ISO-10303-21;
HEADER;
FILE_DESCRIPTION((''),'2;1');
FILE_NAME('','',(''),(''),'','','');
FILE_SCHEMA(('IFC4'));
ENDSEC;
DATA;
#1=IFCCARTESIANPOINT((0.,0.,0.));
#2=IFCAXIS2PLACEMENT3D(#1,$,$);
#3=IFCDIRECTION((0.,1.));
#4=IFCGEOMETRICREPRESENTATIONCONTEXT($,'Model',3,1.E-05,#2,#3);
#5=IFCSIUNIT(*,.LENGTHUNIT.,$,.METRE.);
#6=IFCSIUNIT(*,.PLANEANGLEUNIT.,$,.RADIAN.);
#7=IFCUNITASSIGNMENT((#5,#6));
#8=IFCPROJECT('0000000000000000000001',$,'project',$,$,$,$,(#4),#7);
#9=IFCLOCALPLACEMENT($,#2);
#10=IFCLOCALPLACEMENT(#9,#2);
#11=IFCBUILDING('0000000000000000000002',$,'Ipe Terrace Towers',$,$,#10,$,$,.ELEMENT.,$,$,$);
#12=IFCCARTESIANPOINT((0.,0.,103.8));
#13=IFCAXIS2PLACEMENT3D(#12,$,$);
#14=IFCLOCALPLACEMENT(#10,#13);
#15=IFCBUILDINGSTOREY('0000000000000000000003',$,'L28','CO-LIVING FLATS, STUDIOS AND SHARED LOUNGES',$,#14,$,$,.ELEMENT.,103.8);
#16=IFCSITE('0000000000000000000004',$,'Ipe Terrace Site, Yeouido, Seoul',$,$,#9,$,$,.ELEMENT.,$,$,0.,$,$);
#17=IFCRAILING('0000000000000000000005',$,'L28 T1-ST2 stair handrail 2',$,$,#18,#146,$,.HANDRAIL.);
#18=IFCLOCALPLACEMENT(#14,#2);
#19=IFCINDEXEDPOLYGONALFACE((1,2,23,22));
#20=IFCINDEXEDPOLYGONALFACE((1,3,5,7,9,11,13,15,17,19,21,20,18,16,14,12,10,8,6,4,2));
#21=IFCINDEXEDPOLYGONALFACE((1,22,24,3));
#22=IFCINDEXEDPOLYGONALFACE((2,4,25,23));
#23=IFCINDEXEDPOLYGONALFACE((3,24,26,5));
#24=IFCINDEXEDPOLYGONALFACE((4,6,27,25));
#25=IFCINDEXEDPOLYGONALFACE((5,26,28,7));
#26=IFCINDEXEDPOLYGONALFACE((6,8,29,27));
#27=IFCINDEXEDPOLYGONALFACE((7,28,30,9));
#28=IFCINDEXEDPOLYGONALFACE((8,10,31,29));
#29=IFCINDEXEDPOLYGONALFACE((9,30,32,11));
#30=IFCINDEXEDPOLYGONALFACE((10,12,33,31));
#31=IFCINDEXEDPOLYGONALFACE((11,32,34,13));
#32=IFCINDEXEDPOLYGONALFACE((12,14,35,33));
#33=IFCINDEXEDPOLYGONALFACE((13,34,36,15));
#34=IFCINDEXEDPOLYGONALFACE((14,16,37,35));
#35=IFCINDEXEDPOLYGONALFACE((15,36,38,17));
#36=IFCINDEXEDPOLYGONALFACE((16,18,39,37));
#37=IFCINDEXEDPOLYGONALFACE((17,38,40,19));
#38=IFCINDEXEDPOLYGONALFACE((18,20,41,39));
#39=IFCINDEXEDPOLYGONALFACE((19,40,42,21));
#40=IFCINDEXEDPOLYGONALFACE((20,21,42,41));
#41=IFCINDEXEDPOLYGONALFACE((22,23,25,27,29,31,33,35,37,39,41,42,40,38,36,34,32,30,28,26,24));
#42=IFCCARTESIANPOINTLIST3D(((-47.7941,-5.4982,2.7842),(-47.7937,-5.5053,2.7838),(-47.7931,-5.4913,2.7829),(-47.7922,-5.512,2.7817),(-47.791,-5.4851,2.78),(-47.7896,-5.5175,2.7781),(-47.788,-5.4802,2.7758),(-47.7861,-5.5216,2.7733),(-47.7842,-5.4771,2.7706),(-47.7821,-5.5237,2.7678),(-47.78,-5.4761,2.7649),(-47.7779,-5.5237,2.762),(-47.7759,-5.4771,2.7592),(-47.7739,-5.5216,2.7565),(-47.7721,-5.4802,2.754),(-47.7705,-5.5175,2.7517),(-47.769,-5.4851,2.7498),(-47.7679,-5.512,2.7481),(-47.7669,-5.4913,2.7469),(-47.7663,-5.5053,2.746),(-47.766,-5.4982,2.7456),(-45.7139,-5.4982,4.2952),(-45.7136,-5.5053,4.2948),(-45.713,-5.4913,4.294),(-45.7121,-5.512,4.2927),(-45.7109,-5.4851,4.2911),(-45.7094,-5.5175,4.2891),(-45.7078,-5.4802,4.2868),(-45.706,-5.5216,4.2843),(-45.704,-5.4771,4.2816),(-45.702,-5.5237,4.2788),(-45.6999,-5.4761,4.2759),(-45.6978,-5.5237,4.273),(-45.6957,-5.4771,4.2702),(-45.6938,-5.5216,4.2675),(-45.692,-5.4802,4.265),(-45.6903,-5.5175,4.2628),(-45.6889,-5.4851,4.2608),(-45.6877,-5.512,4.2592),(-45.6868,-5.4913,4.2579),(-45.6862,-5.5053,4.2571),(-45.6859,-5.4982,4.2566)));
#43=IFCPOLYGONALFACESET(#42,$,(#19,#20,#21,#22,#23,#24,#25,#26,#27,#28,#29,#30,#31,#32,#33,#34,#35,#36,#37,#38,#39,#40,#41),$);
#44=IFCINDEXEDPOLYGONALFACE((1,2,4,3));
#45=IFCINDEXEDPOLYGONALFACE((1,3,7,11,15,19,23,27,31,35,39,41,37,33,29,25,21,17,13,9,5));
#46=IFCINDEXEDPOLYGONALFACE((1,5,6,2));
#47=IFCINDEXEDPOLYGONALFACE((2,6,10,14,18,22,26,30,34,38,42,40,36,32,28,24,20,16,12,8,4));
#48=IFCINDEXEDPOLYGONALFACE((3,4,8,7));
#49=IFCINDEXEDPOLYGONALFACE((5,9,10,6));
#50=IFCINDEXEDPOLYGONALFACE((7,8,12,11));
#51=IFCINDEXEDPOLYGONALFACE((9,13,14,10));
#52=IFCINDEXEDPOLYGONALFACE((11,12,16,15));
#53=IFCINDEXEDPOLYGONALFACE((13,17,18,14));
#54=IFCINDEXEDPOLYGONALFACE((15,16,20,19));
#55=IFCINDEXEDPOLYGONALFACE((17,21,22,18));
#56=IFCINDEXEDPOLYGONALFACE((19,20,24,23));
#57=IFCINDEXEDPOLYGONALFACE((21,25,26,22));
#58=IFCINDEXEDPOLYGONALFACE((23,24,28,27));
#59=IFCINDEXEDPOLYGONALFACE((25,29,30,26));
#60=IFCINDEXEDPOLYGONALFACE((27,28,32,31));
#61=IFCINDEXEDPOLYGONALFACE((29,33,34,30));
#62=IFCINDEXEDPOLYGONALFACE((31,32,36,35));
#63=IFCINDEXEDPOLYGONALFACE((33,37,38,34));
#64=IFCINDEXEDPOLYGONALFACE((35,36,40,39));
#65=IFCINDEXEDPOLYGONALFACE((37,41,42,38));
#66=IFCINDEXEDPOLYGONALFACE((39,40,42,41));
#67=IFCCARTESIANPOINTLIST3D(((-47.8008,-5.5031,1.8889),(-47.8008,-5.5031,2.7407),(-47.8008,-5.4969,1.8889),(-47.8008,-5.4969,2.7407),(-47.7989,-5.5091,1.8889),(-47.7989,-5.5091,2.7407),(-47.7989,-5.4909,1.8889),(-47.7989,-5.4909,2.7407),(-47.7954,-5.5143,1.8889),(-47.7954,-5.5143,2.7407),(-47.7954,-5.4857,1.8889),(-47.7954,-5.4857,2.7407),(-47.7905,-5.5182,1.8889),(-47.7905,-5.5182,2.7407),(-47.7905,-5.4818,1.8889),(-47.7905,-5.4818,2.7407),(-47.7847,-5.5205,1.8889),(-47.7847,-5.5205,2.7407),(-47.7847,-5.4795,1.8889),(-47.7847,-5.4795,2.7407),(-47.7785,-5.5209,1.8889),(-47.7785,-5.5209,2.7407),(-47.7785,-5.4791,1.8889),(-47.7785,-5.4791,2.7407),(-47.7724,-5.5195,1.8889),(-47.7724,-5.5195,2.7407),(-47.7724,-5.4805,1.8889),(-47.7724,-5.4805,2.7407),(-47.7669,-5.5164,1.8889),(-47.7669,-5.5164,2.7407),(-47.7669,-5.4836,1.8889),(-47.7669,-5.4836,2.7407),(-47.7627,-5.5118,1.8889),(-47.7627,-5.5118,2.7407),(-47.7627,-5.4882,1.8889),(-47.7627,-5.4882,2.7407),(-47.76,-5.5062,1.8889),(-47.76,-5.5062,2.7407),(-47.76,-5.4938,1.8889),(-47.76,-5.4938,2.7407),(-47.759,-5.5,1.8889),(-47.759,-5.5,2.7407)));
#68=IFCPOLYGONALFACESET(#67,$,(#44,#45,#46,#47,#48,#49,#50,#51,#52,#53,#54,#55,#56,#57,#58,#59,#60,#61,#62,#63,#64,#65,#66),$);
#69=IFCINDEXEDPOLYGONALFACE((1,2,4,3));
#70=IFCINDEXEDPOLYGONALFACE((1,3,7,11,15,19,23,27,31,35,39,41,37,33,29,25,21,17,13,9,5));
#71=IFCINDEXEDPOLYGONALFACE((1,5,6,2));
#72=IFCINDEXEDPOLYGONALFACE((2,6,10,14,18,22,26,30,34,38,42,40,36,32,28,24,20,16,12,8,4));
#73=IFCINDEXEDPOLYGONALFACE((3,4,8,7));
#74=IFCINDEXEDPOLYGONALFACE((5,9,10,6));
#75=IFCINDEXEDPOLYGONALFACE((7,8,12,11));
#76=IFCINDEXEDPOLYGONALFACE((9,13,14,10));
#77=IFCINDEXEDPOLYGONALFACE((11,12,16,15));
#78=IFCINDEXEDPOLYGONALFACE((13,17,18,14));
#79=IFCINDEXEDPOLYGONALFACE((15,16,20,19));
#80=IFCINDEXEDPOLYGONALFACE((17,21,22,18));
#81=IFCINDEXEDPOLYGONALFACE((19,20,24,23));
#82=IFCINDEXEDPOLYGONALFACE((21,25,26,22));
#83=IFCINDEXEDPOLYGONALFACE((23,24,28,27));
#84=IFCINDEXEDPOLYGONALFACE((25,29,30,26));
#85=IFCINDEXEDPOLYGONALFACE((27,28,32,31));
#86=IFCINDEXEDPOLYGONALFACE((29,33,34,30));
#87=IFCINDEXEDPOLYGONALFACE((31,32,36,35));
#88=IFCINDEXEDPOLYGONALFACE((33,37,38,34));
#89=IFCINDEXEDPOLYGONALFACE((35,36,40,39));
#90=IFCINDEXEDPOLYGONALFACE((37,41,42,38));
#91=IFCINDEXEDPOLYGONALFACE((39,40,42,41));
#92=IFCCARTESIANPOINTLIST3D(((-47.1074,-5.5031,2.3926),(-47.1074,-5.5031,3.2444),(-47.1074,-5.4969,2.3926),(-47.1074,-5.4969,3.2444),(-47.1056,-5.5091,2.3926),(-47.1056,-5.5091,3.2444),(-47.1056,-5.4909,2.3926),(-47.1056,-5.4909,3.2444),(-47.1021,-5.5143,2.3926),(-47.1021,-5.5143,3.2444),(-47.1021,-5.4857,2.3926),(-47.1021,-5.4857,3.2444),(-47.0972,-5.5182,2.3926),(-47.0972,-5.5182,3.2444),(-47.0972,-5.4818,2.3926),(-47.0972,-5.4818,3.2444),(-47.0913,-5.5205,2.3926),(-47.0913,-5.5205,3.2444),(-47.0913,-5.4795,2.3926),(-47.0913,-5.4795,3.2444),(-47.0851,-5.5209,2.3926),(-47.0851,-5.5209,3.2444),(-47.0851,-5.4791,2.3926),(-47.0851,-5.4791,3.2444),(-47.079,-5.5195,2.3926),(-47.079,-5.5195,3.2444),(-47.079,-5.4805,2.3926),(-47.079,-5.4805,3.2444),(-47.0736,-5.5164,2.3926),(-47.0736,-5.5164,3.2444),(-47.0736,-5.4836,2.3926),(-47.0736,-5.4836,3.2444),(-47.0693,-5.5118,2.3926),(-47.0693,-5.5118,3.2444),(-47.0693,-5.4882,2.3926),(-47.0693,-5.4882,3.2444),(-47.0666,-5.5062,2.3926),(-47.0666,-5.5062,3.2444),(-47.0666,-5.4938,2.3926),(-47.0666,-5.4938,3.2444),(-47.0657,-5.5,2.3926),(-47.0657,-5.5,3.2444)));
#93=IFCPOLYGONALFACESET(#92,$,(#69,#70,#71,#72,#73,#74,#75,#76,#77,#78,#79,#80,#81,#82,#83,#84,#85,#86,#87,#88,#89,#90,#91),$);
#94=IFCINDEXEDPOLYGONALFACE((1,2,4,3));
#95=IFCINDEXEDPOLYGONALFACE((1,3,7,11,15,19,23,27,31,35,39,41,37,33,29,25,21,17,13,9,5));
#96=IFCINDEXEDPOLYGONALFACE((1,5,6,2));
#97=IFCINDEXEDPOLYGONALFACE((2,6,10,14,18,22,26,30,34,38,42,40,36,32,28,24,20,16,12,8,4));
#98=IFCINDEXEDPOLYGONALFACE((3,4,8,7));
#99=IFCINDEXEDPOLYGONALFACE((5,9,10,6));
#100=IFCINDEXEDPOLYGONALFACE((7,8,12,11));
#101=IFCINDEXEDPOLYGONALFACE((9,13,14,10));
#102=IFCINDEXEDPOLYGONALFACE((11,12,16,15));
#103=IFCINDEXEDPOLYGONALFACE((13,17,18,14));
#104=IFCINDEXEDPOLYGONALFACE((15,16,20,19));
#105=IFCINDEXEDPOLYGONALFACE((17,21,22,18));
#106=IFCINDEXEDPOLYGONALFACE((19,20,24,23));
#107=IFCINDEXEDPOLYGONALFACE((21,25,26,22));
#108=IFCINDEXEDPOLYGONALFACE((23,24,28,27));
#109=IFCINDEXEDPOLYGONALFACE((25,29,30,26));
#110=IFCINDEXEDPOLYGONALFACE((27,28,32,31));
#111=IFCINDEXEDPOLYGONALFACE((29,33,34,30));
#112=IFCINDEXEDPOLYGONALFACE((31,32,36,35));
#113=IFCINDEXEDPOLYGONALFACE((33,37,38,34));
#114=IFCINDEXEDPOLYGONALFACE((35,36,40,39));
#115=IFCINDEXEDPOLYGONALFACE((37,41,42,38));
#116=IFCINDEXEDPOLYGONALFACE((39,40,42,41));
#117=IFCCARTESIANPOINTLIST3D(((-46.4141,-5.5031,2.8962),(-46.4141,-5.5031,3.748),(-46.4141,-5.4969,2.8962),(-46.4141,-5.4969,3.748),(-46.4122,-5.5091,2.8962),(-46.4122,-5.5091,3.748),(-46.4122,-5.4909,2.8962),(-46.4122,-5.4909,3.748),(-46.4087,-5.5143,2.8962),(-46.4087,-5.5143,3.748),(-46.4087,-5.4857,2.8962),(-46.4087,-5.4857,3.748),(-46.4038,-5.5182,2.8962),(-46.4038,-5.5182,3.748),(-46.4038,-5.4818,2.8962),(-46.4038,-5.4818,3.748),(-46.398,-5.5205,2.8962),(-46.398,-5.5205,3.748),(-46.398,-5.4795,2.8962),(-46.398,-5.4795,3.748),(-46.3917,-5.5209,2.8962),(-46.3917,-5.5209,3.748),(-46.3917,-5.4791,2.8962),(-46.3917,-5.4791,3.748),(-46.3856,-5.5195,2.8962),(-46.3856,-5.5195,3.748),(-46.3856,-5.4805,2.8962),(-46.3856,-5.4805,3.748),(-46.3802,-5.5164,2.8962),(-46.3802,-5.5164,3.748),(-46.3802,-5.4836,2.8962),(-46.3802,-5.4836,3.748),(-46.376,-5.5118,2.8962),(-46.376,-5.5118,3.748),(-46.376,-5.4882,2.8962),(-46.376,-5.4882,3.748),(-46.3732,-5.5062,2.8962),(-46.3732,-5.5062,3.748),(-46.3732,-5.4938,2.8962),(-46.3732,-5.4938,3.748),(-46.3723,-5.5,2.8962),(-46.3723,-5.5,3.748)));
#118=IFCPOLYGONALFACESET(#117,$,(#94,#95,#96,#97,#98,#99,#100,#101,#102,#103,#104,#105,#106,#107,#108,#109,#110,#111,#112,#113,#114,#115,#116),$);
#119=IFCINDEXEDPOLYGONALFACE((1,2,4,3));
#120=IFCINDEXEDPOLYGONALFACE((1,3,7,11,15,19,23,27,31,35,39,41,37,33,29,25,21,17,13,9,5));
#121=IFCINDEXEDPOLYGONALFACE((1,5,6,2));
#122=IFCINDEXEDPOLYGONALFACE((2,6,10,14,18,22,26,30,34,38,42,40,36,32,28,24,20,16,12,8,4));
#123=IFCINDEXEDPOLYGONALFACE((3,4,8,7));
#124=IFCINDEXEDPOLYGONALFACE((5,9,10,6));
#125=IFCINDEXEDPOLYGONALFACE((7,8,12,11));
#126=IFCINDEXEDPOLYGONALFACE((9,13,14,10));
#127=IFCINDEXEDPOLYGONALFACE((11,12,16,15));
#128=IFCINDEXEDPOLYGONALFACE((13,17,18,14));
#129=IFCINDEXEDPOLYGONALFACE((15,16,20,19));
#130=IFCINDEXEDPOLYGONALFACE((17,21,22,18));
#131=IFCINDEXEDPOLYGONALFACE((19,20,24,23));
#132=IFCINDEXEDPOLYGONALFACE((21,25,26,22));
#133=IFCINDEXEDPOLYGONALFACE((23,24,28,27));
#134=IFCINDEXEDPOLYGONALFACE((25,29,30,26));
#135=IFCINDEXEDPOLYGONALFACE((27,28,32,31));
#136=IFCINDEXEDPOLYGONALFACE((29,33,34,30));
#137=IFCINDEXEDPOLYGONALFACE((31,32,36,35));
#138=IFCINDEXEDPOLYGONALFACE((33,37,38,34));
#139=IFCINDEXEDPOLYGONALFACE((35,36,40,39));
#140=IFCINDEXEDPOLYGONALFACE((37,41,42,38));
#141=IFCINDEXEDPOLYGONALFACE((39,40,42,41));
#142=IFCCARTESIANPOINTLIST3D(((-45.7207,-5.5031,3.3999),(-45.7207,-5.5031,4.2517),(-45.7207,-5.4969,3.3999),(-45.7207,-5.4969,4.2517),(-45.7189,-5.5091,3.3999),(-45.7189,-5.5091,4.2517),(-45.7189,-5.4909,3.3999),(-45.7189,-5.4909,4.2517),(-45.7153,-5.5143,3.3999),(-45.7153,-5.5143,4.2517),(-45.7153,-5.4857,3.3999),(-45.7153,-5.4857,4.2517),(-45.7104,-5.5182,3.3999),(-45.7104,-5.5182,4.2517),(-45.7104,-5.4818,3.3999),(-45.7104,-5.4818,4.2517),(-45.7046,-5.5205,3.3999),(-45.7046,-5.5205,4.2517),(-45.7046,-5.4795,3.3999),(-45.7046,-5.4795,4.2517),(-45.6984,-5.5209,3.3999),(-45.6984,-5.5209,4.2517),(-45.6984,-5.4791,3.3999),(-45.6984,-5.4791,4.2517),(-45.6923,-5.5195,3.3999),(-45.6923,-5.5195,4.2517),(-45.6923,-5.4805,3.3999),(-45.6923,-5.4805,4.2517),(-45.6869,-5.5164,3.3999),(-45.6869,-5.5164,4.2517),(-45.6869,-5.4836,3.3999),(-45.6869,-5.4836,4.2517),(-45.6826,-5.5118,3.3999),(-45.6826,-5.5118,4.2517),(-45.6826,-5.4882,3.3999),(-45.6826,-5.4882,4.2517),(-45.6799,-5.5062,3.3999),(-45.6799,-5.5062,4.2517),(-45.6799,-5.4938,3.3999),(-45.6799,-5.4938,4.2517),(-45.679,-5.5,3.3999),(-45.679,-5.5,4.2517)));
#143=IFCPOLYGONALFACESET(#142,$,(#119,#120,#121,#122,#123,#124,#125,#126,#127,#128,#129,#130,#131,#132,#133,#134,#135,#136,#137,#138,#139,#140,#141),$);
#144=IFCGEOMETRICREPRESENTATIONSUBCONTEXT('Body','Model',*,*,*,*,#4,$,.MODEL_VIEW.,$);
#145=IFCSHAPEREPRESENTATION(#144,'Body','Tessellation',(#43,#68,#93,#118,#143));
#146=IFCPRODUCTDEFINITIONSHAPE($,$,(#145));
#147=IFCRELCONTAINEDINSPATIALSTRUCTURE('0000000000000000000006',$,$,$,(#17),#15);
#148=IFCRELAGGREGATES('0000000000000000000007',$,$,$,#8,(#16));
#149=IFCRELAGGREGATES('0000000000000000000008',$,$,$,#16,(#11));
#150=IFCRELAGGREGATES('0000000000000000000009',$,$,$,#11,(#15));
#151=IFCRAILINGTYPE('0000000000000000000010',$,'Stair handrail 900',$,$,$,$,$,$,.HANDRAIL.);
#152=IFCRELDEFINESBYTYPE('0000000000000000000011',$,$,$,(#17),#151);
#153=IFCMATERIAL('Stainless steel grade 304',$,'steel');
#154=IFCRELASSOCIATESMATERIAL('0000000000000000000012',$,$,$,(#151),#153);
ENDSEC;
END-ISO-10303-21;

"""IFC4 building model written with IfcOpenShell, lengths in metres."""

from ifc_helpers import new_model, si_unit, direction, frame, origin, origin_2d, place, context, subcontext, project, spatial, circle, extrude, material, type_object, element, save


model = new_model("IFC4")

# Units and contexts
model_context = context("Model", 3, precision=1e-05, world=origin(), true_north=direction((0.0, 1.0)))
body_context = subcontext(model_context, "Body", "Model", "MODEL_VIEW")
ifc_project = project(units=[si_unit("LENGTHUNIT", "METRE"), si_unit("PLANEANGLEUNIT", "RADIAN")], contexts=[model_context])

# Site, building, storey
site_placement = place(None, origin())
site = spatial("IfcSite", under=ifc_project, at=site_placement, Name="Ipe Terrace Site, Yeouido, Seoul", CompositionType="ELEMENT", RefElevation=0.0)
building_placement = place(site_placement, origin())
building = spatial("IfcBuilding", under=site, at=building_placement, Name="Ipe Terrace Towers", CompositionType="ELEMENT")
storey_placement = place(building_placement, frame((0.0, 0.0, 103.8)))
storey = spatial("IfcBuildingStorey", under=building, at=storey_placement, Name="L28", Description="CO-LIVING FLATS, STUDIOS AND SHARED LOUNGES", CompositionType="ELEMENT", Elevation=103.8)

# Railing
ifc_material_1 = material(Name="Stainless steel grade 304", Category="steel")
railing_type_1 = type_object("IfcRailingType", Name="Stair handrail 900", PredefinedType="HANDRAIL", material=ifc_material_1)
railing_1_placement = place(storey_placement, frame((-47.78, -5.5, 1.8889)))
element("IfcRailing", 1, at=railing_1_placement, inside=storey, type_object=railing_type_1, Name="L28 T1-ST2 stair handrail 2", PredefinedType="HANDRAIL", context=body_context, shape_type="SweptSolid", body=[
    extrude(circle(Radius=0.0239, at=origin_2d()), frame((0.0, 0.0, 0.876), z_axis=(0.809069, 0.0, 0.587714), x_axis=(0.0, 1.0, 0.0)), (0.0, 0.0, 1.0), 2.571),
    extrude(circle(Radius=0.021, at=origin_2d()), origin(), (0.0, 0.0, 1.0), 0.8518),
    extrude(circle(Radius=0.021, at=origin_2d()), frame((0.6934, 0.0, 0.5037)), (0.0, 0.0, 1.0), 0.8518),
    extrude(circle(Radius=0.021, at=origin_2d()), frame((1.3867, 0.0, 1.0073)), (0.0, 0.0, 1.0), 0.8518),
    extrude(circle(Radius=0.021, at=origin_2d()), frame((2.0801, 0.0, 1.511)), (0.0, 0.0, 1.0), 0.8518),
])

save(model, "model.ifc")
